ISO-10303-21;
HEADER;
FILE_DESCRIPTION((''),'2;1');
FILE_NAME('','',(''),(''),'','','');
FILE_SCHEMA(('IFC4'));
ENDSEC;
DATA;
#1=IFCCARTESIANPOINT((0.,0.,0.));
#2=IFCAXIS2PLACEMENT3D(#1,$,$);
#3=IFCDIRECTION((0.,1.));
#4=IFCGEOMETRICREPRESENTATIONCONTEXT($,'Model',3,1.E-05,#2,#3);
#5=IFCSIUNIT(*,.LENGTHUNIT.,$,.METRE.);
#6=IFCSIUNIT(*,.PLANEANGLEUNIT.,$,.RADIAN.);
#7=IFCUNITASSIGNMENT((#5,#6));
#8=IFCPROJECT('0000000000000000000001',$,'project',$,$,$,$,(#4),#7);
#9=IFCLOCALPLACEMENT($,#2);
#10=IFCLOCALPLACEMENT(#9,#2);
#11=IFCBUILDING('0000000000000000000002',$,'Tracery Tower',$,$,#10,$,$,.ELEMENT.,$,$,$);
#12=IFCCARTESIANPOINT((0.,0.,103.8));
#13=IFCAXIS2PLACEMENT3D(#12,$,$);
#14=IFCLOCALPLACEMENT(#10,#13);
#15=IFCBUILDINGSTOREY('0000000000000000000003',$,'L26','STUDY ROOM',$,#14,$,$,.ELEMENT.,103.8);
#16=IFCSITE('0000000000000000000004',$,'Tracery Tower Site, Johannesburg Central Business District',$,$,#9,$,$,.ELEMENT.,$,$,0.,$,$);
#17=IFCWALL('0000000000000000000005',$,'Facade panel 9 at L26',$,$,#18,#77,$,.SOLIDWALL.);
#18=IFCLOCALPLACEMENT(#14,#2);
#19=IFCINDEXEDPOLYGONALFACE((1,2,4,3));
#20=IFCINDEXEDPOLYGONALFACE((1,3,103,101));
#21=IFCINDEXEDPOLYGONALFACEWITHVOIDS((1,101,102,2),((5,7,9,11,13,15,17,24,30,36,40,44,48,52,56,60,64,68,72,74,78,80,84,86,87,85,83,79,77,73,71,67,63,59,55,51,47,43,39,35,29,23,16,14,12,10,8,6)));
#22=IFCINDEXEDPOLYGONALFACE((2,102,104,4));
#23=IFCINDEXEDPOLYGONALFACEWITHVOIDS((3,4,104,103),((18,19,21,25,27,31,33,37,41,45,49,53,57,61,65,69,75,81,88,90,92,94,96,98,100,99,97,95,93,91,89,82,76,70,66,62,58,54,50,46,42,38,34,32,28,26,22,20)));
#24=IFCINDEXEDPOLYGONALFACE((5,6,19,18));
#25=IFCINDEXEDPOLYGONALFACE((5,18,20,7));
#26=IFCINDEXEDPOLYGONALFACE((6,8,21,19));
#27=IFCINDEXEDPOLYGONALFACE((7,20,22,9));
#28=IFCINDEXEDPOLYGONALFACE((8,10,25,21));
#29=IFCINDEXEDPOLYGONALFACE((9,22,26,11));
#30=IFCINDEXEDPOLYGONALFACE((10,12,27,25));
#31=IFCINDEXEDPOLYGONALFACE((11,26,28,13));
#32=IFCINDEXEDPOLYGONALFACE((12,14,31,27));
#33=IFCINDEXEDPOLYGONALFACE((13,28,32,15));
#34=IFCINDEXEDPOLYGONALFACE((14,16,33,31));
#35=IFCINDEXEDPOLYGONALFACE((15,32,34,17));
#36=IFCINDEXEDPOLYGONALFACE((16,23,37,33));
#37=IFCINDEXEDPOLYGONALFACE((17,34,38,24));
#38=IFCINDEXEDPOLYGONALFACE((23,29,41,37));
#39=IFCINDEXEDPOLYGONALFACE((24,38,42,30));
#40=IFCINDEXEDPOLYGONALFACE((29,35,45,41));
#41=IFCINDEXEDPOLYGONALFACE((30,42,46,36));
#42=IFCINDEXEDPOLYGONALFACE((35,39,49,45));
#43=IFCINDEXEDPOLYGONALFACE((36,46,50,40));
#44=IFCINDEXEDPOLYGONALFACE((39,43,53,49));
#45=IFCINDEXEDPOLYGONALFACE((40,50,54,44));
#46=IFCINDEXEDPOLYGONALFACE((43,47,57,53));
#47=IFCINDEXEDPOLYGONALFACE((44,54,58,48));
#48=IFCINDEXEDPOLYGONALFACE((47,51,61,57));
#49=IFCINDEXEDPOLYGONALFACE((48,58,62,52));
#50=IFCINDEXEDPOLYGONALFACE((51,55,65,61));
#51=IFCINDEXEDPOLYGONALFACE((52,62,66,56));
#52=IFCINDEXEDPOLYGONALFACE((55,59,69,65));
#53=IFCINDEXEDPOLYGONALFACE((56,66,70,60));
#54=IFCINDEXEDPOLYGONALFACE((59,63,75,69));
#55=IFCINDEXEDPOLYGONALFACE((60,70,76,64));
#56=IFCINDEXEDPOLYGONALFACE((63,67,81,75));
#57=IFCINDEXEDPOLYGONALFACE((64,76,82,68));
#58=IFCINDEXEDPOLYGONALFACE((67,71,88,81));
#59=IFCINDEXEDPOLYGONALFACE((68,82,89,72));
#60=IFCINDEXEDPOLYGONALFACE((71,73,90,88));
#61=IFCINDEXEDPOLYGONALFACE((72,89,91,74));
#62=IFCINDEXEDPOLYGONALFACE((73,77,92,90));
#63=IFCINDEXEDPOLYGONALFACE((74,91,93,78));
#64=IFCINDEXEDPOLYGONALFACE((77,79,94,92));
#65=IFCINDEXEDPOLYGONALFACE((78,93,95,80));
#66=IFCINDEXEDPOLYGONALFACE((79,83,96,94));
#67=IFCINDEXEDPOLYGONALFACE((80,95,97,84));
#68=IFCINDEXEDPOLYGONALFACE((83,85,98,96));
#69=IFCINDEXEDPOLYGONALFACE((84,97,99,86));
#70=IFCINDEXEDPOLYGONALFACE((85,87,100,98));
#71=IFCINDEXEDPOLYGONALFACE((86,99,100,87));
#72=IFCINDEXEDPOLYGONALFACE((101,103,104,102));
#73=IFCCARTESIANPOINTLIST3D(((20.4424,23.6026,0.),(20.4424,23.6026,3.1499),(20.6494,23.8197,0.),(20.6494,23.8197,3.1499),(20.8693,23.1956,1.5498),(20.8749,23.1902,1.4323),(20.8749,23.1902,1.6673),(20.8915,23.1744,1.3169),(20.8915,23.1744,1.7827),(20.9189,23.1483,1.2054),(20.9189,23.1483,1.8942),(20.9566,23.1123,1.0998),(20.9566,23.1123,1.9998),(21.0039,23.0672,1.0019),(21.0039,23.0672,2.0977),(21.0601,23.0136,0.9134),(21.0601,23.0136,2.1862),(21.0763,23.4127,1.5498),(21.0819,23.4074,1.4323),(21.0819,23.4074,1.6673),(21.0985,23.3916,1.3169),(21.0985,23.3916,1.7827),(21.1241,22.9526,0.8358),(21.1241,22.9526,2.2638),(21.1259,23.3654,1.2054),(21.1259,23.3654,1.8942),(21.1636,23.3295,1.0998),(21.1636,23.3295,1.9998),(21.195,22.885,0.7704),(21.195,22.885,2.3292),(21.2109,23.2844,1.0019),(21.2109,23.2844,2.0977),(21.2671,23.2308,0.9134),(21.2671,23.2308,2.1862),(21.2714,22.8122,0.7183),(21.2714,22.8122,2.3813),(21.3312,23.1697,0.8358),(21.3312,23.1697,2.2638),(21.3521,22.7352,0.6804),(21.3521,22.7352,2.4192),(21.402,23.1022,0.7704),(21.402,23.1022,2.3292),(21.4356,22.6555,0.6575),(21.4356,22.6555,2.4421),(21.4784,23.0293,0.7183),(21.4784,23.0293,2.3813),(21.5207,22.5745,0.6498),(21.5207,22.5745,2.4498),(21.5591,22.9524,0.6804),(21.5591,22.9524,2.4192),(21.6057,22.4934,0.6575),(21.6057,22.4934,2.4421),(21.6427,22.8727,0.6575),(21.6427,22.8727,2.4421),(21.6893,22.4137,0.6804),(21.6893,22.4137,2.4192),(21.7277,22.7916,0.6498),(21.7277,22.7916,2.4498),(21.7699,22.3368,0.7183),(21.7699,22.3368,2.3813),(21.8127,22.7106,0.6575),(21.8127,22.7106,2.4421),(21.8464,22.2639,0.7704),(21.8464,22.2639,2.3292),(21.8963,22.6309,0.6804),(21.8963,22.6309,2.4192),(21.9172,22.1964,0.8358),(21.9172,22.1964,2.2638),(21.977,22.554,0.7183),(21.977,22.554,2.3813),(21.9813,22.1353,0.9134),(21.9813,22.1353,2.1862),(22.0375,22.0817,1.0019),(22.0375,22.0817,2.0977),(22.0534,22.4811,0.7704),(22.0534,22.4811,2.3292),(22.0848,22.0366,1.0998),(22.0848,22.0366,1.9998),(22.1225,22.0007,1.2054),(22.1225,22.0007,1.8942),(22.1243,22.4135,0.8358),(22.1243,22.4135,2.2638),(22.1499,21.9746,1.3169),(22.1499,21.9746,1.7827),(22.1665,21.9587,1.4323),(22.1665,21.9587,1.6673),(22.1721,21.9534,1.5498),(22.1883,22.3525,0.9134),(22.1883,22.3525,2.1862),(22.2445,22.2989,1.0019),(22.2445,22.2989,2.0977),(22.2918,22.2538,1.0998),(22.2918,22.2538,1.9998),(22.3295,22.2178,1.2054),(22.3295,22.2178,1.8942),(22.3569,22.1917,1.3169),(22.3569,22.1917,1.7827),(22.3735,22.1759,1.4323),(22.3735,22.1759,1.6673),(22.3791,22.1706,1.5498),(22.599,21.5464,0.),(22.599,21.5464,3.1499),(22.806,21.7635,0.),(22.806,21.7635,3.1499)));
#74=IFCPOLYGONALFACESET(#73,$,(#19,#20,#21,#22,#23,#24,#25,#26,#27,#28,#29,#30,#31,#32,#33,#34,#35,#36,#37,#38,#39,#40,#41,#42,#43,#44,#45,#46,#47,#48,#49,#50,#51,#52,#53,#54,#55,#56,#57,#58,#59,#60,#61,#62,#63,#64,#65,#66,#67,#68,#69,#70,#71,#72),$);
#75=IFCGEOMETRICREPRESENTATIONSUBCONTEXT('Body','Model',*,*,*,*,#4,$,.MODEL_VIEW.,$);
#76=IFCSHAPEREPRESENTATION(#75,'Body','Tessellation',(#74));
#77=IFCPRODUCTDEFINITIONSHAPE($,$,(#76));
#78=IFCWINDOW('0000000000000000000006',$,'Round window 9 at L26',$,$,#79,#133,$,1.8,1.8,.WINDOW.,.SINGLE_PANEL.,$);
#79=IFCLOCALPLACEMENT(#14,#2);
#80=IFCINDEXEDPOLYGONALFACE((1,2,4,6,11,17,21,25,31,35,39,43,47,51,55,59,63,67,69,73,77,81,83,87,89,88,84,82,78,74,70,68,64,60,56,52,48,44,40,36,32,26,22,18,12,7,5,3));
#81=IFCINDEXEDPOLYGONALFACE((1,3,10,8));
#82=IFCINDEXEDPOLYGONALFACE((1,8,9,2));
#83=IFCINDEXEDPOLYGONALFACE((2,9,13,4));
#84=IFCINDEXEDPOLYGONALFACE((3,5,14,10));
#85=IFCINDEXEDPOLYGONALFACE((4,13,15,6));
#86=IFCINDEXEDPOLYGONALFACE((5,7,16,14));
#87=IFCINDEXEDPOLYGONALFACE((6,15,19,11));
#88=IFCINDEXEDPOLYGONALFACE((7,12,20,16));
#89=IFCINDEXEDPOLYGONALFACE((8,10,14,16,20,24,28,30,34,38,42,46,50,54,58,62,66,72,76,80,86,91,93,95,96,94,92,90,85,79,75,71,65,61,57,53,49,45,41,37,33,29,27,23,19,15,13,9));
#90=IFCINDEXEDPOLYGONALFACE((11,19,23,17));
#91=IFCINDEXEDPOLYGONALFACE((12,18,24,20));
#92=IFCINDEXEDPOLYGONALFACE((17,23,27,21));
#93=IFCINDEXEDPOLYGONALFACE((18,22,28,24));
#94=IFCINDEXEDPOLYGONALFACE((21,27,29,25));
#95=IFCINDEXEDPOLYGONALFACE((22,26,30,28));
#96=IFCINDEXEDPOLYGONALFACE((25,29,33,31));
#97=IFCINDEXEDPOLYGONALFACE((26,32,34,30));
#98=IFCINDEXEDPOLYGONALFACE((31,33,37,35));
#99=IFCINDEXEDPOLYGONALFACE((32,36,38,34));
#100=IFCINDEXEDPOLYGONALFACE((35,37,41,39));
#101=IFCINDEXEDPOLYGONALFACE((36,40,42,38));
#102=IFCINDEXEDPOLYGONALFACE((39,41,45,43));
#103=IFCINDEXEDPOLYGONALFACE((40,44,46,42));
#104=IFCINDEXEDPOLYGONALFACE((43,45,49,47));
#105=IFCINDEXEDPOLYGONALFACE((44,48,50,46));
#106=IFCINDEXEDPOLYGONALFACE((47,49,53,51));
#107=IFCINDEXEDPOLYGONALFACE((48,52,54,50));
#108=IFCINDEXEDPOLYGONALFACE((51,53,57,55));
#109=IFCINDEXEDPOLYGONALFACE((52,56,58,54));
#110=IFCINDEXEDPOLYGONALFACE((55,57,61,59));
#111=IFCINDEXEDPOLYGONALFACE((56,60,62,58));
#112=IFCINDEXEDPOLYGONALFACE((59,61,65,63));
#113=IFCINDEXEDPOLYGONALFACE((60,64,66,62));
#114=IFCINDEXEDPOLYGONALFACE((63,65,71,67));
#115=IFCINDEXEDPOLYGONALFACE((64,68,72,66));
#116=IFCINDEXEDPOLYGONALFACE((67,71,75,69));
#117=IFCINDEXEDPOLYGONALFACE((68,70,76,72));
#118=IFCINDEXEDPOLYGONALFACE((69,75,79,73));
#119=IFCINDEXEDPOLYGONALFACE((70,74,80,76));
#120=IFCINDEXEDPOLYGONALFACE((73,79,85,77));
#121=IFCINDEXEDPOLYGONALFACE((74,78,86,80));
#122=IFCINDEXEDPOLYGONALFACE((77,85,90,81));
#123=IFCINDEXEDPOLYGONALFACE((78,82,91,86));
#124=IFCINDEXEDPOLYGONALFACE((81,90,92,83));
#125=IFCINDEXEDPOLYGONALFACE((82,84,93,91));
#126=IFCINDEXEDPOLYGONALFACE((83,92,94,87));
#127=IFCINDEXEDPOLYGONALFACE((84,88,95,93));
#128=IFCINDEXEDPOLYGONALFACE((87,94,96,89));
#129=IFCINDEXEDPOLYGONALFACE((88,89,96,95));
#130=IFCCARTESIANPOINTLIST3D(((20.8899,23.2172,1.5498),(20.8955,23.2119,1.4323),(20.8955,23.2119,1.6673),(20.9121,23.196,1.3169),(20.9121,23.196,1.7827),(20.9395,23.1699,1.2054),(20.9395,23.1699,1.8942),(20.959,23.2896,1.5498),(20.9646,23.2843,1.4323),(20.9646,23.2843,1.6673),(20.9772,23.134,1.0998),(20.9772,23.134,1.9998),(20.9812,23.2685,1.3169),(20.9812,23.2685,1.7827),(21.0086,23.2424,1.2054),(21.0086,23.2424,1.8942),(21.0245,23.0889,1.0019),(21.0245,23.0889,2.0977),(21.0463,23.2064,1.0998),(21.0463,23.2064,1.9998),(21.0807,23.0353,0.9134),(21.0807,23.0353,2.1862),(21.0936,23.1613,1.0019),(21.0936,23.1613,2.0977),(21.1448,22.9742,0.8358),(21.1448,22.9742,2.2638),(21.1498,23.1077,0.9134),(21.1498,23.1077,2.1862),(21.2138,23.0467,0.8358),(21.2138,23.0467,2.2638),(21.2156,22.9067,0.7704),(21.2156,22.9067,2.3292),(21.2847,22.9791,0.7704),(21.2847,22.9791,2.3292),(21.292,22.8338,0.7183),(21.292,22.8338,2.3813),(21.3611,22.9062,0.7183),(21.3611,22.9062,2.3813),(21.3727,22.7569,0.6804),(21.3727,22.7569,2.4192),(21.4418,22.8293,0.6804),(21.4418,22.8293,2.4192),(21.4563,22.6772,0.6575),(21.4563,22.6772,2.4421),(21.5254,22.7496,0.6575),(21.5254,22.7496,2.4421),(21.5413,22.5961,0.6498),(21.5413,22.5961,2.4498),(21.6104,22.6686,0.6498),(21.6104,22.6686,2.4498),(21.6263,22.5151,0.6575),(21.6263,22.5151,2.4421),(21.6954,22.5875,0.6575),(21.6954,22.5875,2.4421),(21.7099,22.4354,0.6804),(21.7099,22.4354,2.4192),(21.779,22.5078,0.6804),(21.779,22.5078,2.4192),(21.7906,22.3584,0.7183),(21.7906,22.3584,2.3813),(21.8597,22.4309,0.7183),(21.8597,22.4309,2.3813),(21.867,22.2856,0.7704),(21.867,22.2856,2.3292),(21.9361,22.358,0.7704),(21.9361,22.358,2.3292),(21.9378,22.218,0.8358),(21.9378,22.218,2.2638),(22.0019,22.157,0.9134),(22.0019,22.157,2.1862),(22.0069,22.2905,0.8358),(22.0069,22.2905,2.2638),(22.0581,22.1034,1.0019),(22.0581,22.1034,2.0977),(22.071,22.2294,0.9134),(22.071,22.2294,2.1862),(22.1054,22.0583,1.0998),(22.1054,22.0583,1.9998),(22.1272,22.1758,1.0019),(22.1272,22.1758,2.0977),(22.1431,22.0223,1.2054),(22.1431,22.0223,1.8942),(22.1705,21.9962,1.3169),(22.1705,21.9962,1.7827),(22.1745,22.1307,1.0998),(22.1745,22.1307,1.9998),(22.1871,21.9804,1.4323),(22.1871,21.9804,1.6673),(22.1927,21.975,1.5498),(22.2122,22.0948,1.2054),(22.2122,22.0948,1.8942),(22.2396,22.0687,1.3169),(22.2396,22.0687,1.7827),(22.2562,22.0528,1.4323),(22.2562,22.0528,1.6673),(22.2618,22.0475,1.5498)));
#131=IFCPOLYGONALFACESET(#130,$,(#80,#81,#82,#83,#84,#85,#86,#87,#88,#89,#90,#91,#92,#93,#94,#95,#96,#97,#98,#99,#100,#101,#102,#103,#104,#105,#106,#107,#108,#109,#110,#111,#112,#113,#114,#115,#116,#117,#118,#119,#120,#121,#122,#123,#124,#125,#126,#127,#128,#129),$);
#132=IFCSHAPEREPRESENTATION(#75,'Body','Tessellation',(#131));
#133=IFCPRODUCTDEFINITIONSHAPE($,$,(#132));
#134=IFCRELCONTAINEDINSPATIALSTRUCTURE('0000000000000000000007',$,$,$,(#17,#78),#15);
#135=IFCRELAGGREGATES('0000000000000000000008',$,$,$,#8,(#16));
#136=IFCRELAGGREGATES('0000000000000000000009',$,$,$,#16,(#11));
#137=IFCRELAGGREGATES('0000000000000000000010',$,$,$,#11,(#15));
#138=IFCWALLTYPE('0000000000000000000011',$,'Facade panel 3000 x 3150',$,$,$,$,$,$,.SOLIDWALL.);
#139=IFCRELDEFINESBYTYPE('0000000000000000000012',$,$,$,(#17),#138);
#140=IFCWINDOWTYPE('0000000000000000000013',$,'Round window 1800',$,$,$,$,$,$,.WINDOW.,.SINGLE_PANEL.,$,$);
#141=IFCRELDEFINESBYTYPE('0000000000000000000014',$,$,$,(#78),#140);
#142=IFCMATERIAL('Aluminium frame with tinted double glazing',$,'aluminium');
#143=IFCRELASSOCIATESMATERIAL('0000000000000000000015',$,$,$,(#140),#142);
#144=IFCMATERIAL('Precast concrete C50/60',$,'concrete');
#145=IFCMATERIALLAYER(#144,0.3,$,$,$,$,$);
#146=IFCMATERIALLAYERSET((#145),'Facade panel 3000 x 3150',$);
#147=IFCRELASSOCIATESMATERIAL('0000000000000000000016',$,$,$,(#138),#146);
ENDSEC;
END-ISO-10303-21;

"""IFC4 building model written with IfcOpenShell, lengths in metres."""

from ifc_helpers import new_model, si_unit, direction, frame, frame_2d, origin, origin_2d, place, context, subcontext, project, spatial, rectangle, circle, extrude, material, layer, layer_set, type_object, element, fill, save


model = new_model("IFC4")

# Units and contexts
model_context = context("Model", 3, precision=1e-05, world=origin(), true_north=direction((0.0, 1.0)))
body_context = subcontext(model_context, "Body", "Model", "MODEL_VIEW")
ifc_project = project(units=[si_unit("LENGTHUNIT", "METRE"), si_unit("PLANEANGLEUNIT", "RADIAN")], contexts=[model_context])

# Site, building, storey
site_placement = place(None, origin())
site = spatial("IfcSite", under=ifc_project, at=site_placement, Name="Tracery Tower Site, Johannesburg Central Business District", CompositionType="ELEMENT", RefElevation=0.0)
building_placement = place(site_placement, origin())
building = spatial("IfcBuilding", under=site, at=building_placement, Name="Tracery Tower", CompositionType="ELEMENT")
storey_placement = place(building_placement, frame((0.0, 0.0, 103.8)))
storey = spatial("IfcBuildingStorey", under=building, at=storey_placement, Name="L26", Description="STUDY ROOM", CompositionType="ELEMENT", Elevation=103.8)

# Wall, opening, window
ifc_material_1 = material(Name="Aluminium frame with tinted double glazing", Category="aluminium")
window_type = type_object("IfcWindowType", Name="Round window 1800", PartitioningType="SINGLE_PANEL", PredefinedType="WINDOW", material=ifc_material_1)
ifc_material_2 = material(Name="Precast concrete C50/60", Category="concrete")
ifc_layer_1 = layer(ifc_material_2, 0.3)
ifc_layer_set_1 = layer_set([ifc_layer_1], Name="Facade panel 3000 x 3150")
wall_type_1 = type_object("IfcWallType", Name="Facade panel 3000 x 3150", PredefinedType="SOLIDWALL", material=ifc_layer_set_1)
wall_1_placement = place(storey_placement, frame((22.7024, 21.655, 0.0), z_axis=(0.0, 0.0, 1.0), x_axis=(-0.723744, 0.690068, 0.0)))
wall_1 = element("IfcWall", 1, at=wall_1_placement, inside=storey, type_object=wall_type_1, Name="Facade panel 9 at L26", PredefinedType="SOLIDWALL", context=body_context, shape_type="SweptSolid", body=[
    extrude(rectangle(XDim=2.9797, YDim=0.3, at=frame_2d((1.4897, 0.0))), origin(), (0.0, 0.0, 1.0), 3.1499),
])
opening_1_placement = place(wall_1_placement, frame((1.4897, 0.0, 1.5498)))
opening_1 = element("IfcOpeningElement", 2, at=opening_1_placement, cuts=wall_1, PredefinedType="OPENING", context=body_context, shape_type="SweptSolid", body=[
    extrude(circle(Radius=0.9, at=origin_2d()), frame((0.0, 0.1599, 0.0), z_axis=(0.0, -1.0, 0.0), x_axis=(1.0, 0.0, 0.0)), (0.0, 0.0, 1.0), 0.3201),
])
window_1_placement = place(opening_1_placement, origin())
window_1 = element("IfcWindow", 3, at=window_1_placement, inside=storey, type_object=window_type, Name="Round window 9 at L26", OverallHeight=1.8, OverallWidth=1.8, PartitioningType="SINGLE_PANEL", PredefinedType="WINDOW", context=body_context, shape_type="SweptSolid", body=[
    extrude(circle(Radius=0.9, at=origin_2d()), frame((0.0, 0.1201, 0.0), z_axis=(0.0, -1.0, 0.0), x_axis=(1.0, 0.0, 0.0)), (0.0, 0.0, 1.0), 0.1001),
])
fill(opening_1, window_1)

save(model, "model.ifc")
